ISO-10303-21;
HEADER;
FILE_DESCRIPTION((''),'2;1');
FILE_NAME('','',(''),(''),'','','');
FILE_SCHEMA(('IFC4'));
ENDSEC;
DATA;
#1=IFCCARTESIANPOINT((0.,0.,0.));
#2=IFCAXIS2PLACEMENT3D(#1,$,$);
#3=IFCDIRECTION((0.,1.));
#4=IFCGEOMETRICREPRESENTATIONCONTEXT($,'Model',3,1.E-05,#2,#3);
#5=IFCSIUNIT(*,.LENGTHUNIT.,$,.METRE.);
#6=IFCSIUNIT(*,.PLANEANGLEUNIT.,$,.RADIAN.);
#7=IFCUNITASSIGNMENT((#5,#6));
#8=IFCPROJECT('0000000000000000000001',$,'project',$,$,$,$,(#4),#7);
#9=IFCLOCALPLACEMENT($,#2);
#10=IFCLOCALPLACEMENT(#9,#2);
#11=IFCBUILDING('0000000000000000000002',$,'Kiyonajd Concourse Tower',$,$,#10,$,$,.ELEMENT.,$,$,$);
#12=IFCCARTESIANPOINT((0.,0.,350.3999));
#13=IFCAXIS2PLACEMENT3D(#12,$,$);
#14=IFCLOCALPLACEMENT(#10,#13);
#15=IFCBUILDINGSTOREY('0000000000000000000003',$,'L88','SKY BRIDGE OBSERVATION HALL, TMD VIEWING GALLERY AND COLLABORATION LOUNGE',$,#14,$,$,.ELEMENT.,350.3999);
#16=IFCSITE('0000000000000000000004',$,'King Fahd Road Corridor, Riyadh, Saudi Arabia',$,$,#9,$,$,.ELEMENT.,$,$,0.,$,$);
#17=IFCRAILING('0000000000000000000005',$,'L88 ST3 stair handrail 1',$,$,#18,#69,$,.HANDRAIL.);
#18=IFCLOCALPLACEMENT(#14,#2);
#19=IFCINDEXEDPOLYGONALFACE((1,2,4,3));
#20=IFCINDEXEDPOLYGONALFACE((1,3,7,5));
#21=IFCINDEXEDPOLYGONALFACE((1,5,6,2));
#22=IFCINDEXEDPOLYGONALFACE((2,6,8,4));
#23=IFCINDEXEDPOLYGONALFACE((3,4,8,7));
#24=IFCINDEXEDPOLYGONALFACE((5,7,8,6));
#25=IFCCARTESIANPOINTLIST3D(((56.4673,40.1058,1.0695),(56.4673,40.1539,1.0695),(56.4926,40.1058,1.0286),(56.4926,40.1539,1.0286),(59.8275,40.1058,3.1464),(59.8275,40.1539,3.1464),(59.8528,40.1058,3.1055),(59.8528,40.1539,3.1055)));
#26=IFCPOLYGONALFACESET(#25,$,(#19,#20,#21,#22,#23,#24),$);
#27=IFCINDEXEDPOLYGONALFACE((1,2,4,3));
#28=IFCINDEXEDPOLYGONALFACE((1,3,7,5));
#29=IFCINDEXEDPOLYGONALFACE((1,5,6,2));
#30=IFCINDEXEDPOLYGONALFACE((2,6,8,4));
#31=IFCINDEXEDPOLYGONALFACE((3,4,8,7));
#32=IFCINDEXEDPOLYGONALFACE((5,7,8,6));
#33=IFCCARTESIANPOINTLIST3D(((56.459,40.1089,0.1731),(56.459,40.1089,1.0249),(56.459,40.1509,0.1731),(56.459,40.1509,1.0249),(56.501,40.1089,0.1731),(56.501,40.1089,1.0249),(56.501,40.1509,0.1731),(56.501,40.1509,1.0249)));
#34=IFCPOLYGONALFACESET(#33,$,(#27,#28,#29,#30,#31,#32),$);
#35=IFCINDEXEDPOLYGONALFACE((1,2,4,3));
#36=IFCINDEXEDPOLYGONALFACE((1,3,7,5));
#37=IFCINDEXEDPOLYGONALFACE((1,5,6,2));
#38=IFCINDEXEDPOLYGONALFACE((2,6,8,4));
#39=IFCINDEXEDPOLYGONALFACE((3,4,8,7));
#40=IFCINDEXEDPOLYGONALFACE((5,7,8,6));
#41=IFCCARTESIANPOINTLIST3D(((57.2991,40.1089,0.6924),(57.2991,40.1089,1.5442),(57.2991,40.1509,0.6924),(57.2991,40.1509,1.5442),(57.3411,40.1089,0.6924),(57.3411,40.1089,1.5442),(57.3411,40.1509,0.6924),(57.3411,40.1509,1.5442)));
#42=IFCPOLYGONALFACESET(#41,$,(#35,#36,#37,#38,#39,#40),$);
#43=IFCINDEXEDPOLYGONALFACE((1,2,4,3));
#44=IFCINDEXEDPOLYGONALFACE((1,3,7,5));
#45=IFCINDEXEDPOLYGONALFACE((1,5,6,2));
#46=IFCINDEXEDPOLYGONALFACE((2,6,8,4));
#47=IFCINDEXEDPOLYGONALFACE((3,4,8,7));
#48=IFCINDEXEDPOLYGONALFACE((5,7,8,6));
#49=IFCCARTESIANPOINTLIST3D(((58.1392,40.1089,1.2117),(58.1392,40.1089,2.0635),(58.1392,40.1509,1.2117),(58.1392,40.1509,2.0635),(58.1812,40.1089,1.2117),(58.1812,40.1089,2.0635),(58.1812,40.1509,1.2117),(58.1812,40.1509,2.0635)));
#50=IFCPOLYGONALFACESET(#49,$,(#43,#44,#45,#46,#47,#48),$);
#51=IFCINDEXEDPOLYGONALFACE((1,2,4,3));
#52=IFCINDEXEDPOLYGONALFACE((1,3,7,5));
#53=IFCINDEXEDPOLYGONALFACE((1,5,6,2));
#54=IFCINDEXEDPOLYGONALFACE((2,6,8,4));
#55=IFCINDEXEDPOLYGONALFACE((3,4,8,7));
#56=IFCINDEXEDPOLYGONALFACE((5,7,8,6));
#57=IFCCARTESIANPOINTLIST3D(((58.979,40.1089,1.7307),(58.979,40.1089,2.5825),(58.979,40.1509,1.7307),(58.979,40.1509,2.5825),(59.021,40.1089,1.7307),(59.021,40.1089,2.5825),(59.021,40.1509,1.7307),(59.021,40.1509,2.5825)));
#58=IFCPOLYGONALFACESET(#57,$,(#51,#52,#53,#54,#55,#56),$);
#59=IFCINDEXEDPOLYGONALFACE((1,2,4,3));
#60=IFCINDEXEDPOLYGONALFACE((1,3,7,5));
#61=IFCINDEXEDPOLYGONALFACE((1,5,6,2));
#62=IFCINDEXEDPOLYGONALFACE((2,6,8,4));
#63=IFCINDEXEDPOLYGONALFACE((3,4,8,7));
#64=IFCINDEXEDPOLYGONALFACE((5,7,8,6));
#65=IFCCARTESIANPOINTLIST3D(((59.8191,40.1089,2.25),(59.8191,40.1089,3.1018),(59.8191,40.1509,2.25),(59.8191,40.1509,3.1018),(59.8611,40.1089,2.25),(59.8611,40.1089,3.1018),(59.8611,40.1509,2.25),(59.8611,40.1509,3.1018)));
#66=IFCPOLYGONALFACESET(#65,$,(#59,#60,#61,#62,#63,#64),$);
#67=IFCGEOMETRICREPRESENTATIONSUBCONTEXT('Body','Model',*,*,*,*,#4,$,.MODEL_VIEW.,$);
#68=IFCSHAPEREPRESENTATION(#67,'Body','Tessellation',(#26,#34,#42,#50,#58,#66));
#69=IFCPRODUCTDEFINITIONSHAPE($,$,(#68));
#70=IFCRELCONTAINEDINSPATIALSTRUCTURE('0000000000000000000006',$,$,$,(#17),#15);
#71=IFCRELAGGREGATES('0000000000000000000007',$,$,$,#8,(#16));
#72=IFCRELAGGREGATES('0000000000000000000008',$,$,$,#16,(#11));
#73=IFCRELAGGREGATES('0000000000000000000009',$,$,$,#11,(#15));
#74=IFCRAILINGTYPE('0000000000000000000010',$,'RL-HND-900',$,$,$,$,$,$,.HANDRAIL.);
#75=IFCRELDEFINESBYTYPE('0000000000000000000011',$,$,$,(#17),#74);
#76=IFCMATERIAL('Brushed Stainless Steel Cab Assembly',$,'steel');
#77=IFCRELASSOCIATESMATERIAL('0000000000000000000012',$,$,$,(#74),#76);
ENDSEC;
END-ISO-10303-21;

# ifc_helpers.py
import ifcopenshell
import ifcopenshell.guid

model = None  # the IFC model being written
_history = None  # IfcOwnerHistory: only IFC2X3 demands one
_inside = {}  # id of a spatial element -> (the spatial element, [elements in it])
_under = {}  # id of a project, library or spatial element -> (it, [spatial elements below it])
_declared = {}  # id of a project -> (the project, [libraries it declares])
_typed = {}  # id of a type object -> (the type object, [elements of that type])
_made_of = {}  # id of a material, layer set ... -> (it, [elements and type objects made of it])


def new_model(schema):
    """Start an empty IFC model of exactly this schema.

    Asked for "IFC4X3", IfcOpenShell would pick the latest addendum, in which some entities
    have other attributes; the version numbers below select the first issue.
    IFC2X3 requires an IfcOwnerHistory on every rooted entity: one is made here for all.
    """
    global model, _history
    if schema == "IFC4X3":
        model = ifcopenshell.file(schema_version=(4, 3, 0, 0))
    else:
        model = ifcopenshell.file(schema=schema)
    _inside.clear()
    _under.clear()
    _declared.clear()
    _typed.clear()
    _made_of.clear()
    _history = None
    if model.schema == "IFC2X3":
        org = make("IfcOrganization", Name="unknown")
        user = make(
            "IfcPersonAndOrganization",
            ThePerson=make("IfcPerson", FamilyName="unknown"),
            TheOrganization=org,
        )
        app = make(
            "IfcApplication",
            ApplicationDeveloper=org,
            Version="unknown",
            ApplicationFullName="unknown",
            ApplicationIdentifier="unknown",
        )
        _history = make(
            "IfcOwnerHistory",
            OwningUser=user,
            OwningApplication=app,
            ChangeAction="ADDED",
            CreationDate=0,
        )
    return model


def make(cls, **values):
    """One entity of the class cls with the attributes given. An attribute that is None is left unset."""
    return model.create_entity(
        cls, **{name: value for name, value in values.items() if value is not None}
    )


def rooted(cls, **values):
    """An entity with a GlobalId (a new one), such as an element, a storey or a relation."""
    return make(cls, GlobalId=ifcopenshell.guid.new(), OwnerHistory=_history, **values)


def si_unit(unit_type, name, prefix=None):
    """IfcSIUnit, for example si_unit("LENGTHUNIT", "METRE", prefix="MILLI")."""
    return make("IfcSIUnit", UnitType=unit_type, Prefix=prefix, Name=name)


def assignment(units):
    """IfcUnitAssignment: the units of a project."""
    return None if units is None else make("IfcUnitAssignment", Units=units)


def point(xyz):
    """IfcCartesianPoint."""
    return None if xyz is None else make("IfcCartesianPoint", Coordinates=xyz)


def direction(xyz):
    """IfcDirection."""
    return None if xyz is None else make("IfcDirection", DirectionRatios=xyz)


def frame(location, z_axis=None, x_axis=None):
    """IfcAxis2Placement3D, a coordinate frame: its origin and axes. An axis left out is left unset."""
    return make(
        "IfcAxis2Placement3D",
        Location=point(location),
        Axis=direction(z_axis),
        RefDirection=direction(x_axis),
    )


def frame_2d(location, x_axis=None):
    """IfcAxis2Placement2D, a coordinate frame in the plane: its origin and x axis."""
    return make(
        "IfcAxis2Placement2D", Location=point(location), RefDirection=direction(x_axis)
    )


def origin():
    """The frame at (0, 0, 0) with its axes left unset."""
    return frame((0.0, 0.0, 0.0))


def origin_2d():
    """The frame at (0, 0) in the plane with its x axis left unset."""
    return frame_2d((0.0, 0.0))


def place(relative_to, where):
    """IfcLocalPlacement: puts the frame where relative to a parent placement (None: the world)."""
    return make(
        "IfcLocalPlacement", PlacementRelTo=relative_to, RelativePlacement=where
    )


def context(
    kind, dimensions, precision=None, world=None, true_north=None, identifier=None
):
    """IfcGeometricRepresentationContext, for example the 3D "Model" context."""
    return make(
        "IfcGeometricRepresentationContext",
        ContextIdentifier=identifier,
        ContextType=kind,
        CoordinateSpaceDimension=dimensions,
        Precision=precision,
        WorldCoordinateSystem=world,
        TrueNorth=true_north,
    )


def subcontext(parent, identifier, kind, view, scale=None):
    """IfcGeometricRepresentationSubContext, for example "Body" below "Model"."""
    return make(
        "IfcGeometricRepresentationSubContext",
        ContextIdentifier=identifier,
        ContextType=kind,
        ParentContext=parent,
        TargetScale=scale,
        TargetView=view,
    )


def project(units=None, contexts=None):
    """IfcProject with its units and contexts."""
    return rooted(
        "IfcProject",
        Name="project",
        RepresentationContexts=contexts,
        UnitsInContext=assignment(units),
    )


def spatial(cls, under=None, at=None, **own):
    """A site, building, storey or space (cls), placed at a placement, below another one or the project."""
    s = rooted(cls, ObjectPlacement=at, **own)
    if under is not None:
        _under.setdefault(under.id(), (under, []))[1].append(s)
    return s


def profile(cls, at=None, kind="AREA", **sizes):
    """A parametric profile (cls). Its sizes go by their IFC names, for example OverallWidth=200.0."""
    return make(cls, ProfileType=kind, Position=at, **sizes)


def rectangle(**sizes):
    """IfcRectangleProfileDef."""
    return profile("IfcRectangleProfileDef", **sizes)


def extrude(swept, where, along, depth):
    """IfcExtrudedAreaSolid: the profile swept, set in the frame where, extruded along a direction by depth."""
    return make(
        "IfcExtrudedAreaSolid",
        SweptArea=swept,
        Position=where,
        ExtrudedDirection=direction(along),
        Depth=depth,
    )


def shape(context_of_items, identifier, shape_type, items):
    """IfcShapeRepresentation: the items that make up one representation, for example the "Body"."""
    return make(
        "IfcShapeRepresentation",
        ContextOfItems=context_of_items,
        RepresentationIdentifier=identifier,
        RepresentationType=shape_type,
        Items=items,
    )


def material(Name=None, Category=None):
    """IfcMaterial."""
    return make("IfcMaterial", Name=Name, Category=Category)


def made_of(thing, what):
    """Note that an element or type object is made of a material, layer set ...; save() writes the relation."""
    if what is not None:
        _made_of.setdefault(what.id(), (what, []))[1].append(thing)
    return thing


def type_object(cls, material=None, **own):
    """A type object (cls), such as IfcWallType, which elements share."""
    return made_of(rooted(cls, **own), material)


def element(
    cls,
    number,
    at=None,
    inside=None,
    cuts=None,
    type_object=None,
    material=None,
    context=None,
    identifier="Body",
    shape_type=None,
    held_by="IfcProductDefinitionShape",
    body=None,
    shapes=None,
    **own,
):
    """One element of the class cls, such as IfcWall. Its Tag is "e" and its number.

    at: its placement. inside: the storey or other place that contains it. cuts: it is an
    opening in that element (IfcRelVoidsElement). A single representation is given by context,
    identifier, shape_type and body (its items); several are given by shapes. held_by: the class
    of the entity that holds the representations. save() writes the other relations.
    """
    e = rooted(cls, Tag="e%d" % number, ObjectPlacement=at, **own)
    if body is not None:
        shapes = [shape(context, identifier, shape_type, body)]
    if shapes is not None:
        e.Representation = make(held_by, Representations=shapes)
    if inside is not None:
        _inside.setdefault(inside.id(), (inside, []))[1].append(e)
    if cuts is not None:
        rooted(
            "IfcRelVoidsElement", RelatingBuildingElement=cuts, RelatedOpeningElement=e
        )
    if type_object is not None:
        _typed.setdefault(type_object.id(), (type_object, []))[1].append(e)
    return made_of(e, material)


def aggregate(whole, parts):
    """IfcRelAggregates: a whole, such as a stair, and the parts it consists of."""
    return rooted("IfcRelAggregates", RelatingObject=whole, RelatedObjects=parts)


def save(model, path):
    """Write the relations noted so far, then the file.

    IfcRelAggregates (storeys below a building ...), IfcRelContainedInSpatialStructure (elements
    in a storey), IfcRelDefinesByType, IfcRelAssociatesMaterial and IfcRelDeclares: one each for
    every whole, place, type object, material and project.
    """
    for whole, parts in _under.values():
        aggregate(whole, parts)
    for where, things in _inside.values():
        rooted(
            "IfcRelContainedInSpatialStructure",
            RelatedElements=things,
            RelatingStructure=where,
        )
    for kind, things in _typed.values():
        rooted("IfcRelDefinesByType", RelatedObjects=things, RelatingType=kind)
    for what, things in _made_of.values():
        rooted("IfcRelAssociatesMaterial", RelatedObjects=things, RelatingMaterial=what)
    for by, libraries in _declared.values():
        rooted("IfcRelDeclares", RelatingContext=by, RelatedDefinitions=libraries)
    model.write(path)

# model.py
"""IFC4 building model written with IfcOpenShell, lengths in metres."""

from ifc_helpers import new_model, si_unit, direction, frame, origin, origin_2d, place, context, subcontext, project, spatial, rectangle, extrude, material, type_object, element, save


model = new_model("IFC4")

# Units and contexts
model_context = context("Model", 3, precision=1e-05, world=origin(), true_north=direction((0.0, 1.0)))
body_context = subcontext(model_context, "Body", "Model", "MODEL_VIEW")
ifc_project = project(units=[si_unit("LENGTHUNIT", "METRE"), si_unit("PLANEANGLEUNIT", "RADIAN")], contexts=[model_context])

# Site, building, storey
site_placement = place(None, origin())
site = spatial("IfcSite", under=ifc_project, at=site_placement, Name="King Fahd Road Corridor, Riyadh, Saudi Arabia", CompositionType="ELEMENT", RefElevation=0.0)
building_placement = place(site_placement, origin())
building = spatial("IfcBuilding", under=site, at=building_placement, Name="Kiyonajd Concourse Tower", CompositionType="ELEMENT")
storey_placement = place(building_placement, frame((0.0, 0.0, 350.3999)))
storey = spatial("IfcBuildingStorey", under=building, at=storey_placement, Name="L88", Description="SKY BRIDGE OBSERVATION HALL, TMD VIEWING GALLERY AND COLLABORATION LOUNGE", CompositionType="ELEMENT", Elevation=350.3999)

# Shared definitions
ifc_material_1 = material(Name="Brushed Stainless Steel Cab Assembly", Category="steel")

# Railing
railing_type_1 = type_object("IfcRailingType", Name="RL-HND-900", PredefinedType="HANDRAIL", material=ifc_material_1)
railing_1_placement = place(storey_placement, frame((56.48, 40.1299, 0.1731)))
element("IfcRailing", 1, at=railing_1_placement, inside=storey, type_object=railing_type_1, Name="L88 ST3 stair handrail 1", PredefinedType="HANDRAIL", context=body_context, shape_type="SweptSolid", body=[
    extrude(rectangle(XDim=0.0481, YDim=0.0481, at=origin_2d()), frame((0.0, 0.0, 0.876), z_axis=(0.850623, 0.0, 0.525776), x_axis=(0.0, 1.0, 0.0)), (0.0, 0.0, 1.0), 3.9502),
    extrude(rectangle(XDim=0.042, YDim=0.042, at=origin_2d()), origin(), (0.0, 0.0, 1.0), 0.8518),
    extrude(rectangle(XDim=0.042, YDim=0.042, at=origin_2d()), frame((0.8401, 0.0, 0.5193)), (0.0, 0.0, 1.0), 0.8518),
    extrude(rectangle(XDim=0.042, YDim=0.042, at=origin_2d()), frame((1.6802, 0.0, 1.0386)), (0.0, 0.0, 1.0), 0.8518),
    extrude(rectangle(XDim=0.042, YDim=0.042, at=origin_2d()), frame((2.52, 0.0, 1.5576)), (0.0, 0.0, 1.0), 0.8518),
    extrude(rectangle(XDim=0.042, YDim=0.042, at=origin_2d()), frame((3.3601, 0.0, 2.0769)), (0.0, 0.0, 1.0), 0.8518),
])

save(model, "model.ifc")
